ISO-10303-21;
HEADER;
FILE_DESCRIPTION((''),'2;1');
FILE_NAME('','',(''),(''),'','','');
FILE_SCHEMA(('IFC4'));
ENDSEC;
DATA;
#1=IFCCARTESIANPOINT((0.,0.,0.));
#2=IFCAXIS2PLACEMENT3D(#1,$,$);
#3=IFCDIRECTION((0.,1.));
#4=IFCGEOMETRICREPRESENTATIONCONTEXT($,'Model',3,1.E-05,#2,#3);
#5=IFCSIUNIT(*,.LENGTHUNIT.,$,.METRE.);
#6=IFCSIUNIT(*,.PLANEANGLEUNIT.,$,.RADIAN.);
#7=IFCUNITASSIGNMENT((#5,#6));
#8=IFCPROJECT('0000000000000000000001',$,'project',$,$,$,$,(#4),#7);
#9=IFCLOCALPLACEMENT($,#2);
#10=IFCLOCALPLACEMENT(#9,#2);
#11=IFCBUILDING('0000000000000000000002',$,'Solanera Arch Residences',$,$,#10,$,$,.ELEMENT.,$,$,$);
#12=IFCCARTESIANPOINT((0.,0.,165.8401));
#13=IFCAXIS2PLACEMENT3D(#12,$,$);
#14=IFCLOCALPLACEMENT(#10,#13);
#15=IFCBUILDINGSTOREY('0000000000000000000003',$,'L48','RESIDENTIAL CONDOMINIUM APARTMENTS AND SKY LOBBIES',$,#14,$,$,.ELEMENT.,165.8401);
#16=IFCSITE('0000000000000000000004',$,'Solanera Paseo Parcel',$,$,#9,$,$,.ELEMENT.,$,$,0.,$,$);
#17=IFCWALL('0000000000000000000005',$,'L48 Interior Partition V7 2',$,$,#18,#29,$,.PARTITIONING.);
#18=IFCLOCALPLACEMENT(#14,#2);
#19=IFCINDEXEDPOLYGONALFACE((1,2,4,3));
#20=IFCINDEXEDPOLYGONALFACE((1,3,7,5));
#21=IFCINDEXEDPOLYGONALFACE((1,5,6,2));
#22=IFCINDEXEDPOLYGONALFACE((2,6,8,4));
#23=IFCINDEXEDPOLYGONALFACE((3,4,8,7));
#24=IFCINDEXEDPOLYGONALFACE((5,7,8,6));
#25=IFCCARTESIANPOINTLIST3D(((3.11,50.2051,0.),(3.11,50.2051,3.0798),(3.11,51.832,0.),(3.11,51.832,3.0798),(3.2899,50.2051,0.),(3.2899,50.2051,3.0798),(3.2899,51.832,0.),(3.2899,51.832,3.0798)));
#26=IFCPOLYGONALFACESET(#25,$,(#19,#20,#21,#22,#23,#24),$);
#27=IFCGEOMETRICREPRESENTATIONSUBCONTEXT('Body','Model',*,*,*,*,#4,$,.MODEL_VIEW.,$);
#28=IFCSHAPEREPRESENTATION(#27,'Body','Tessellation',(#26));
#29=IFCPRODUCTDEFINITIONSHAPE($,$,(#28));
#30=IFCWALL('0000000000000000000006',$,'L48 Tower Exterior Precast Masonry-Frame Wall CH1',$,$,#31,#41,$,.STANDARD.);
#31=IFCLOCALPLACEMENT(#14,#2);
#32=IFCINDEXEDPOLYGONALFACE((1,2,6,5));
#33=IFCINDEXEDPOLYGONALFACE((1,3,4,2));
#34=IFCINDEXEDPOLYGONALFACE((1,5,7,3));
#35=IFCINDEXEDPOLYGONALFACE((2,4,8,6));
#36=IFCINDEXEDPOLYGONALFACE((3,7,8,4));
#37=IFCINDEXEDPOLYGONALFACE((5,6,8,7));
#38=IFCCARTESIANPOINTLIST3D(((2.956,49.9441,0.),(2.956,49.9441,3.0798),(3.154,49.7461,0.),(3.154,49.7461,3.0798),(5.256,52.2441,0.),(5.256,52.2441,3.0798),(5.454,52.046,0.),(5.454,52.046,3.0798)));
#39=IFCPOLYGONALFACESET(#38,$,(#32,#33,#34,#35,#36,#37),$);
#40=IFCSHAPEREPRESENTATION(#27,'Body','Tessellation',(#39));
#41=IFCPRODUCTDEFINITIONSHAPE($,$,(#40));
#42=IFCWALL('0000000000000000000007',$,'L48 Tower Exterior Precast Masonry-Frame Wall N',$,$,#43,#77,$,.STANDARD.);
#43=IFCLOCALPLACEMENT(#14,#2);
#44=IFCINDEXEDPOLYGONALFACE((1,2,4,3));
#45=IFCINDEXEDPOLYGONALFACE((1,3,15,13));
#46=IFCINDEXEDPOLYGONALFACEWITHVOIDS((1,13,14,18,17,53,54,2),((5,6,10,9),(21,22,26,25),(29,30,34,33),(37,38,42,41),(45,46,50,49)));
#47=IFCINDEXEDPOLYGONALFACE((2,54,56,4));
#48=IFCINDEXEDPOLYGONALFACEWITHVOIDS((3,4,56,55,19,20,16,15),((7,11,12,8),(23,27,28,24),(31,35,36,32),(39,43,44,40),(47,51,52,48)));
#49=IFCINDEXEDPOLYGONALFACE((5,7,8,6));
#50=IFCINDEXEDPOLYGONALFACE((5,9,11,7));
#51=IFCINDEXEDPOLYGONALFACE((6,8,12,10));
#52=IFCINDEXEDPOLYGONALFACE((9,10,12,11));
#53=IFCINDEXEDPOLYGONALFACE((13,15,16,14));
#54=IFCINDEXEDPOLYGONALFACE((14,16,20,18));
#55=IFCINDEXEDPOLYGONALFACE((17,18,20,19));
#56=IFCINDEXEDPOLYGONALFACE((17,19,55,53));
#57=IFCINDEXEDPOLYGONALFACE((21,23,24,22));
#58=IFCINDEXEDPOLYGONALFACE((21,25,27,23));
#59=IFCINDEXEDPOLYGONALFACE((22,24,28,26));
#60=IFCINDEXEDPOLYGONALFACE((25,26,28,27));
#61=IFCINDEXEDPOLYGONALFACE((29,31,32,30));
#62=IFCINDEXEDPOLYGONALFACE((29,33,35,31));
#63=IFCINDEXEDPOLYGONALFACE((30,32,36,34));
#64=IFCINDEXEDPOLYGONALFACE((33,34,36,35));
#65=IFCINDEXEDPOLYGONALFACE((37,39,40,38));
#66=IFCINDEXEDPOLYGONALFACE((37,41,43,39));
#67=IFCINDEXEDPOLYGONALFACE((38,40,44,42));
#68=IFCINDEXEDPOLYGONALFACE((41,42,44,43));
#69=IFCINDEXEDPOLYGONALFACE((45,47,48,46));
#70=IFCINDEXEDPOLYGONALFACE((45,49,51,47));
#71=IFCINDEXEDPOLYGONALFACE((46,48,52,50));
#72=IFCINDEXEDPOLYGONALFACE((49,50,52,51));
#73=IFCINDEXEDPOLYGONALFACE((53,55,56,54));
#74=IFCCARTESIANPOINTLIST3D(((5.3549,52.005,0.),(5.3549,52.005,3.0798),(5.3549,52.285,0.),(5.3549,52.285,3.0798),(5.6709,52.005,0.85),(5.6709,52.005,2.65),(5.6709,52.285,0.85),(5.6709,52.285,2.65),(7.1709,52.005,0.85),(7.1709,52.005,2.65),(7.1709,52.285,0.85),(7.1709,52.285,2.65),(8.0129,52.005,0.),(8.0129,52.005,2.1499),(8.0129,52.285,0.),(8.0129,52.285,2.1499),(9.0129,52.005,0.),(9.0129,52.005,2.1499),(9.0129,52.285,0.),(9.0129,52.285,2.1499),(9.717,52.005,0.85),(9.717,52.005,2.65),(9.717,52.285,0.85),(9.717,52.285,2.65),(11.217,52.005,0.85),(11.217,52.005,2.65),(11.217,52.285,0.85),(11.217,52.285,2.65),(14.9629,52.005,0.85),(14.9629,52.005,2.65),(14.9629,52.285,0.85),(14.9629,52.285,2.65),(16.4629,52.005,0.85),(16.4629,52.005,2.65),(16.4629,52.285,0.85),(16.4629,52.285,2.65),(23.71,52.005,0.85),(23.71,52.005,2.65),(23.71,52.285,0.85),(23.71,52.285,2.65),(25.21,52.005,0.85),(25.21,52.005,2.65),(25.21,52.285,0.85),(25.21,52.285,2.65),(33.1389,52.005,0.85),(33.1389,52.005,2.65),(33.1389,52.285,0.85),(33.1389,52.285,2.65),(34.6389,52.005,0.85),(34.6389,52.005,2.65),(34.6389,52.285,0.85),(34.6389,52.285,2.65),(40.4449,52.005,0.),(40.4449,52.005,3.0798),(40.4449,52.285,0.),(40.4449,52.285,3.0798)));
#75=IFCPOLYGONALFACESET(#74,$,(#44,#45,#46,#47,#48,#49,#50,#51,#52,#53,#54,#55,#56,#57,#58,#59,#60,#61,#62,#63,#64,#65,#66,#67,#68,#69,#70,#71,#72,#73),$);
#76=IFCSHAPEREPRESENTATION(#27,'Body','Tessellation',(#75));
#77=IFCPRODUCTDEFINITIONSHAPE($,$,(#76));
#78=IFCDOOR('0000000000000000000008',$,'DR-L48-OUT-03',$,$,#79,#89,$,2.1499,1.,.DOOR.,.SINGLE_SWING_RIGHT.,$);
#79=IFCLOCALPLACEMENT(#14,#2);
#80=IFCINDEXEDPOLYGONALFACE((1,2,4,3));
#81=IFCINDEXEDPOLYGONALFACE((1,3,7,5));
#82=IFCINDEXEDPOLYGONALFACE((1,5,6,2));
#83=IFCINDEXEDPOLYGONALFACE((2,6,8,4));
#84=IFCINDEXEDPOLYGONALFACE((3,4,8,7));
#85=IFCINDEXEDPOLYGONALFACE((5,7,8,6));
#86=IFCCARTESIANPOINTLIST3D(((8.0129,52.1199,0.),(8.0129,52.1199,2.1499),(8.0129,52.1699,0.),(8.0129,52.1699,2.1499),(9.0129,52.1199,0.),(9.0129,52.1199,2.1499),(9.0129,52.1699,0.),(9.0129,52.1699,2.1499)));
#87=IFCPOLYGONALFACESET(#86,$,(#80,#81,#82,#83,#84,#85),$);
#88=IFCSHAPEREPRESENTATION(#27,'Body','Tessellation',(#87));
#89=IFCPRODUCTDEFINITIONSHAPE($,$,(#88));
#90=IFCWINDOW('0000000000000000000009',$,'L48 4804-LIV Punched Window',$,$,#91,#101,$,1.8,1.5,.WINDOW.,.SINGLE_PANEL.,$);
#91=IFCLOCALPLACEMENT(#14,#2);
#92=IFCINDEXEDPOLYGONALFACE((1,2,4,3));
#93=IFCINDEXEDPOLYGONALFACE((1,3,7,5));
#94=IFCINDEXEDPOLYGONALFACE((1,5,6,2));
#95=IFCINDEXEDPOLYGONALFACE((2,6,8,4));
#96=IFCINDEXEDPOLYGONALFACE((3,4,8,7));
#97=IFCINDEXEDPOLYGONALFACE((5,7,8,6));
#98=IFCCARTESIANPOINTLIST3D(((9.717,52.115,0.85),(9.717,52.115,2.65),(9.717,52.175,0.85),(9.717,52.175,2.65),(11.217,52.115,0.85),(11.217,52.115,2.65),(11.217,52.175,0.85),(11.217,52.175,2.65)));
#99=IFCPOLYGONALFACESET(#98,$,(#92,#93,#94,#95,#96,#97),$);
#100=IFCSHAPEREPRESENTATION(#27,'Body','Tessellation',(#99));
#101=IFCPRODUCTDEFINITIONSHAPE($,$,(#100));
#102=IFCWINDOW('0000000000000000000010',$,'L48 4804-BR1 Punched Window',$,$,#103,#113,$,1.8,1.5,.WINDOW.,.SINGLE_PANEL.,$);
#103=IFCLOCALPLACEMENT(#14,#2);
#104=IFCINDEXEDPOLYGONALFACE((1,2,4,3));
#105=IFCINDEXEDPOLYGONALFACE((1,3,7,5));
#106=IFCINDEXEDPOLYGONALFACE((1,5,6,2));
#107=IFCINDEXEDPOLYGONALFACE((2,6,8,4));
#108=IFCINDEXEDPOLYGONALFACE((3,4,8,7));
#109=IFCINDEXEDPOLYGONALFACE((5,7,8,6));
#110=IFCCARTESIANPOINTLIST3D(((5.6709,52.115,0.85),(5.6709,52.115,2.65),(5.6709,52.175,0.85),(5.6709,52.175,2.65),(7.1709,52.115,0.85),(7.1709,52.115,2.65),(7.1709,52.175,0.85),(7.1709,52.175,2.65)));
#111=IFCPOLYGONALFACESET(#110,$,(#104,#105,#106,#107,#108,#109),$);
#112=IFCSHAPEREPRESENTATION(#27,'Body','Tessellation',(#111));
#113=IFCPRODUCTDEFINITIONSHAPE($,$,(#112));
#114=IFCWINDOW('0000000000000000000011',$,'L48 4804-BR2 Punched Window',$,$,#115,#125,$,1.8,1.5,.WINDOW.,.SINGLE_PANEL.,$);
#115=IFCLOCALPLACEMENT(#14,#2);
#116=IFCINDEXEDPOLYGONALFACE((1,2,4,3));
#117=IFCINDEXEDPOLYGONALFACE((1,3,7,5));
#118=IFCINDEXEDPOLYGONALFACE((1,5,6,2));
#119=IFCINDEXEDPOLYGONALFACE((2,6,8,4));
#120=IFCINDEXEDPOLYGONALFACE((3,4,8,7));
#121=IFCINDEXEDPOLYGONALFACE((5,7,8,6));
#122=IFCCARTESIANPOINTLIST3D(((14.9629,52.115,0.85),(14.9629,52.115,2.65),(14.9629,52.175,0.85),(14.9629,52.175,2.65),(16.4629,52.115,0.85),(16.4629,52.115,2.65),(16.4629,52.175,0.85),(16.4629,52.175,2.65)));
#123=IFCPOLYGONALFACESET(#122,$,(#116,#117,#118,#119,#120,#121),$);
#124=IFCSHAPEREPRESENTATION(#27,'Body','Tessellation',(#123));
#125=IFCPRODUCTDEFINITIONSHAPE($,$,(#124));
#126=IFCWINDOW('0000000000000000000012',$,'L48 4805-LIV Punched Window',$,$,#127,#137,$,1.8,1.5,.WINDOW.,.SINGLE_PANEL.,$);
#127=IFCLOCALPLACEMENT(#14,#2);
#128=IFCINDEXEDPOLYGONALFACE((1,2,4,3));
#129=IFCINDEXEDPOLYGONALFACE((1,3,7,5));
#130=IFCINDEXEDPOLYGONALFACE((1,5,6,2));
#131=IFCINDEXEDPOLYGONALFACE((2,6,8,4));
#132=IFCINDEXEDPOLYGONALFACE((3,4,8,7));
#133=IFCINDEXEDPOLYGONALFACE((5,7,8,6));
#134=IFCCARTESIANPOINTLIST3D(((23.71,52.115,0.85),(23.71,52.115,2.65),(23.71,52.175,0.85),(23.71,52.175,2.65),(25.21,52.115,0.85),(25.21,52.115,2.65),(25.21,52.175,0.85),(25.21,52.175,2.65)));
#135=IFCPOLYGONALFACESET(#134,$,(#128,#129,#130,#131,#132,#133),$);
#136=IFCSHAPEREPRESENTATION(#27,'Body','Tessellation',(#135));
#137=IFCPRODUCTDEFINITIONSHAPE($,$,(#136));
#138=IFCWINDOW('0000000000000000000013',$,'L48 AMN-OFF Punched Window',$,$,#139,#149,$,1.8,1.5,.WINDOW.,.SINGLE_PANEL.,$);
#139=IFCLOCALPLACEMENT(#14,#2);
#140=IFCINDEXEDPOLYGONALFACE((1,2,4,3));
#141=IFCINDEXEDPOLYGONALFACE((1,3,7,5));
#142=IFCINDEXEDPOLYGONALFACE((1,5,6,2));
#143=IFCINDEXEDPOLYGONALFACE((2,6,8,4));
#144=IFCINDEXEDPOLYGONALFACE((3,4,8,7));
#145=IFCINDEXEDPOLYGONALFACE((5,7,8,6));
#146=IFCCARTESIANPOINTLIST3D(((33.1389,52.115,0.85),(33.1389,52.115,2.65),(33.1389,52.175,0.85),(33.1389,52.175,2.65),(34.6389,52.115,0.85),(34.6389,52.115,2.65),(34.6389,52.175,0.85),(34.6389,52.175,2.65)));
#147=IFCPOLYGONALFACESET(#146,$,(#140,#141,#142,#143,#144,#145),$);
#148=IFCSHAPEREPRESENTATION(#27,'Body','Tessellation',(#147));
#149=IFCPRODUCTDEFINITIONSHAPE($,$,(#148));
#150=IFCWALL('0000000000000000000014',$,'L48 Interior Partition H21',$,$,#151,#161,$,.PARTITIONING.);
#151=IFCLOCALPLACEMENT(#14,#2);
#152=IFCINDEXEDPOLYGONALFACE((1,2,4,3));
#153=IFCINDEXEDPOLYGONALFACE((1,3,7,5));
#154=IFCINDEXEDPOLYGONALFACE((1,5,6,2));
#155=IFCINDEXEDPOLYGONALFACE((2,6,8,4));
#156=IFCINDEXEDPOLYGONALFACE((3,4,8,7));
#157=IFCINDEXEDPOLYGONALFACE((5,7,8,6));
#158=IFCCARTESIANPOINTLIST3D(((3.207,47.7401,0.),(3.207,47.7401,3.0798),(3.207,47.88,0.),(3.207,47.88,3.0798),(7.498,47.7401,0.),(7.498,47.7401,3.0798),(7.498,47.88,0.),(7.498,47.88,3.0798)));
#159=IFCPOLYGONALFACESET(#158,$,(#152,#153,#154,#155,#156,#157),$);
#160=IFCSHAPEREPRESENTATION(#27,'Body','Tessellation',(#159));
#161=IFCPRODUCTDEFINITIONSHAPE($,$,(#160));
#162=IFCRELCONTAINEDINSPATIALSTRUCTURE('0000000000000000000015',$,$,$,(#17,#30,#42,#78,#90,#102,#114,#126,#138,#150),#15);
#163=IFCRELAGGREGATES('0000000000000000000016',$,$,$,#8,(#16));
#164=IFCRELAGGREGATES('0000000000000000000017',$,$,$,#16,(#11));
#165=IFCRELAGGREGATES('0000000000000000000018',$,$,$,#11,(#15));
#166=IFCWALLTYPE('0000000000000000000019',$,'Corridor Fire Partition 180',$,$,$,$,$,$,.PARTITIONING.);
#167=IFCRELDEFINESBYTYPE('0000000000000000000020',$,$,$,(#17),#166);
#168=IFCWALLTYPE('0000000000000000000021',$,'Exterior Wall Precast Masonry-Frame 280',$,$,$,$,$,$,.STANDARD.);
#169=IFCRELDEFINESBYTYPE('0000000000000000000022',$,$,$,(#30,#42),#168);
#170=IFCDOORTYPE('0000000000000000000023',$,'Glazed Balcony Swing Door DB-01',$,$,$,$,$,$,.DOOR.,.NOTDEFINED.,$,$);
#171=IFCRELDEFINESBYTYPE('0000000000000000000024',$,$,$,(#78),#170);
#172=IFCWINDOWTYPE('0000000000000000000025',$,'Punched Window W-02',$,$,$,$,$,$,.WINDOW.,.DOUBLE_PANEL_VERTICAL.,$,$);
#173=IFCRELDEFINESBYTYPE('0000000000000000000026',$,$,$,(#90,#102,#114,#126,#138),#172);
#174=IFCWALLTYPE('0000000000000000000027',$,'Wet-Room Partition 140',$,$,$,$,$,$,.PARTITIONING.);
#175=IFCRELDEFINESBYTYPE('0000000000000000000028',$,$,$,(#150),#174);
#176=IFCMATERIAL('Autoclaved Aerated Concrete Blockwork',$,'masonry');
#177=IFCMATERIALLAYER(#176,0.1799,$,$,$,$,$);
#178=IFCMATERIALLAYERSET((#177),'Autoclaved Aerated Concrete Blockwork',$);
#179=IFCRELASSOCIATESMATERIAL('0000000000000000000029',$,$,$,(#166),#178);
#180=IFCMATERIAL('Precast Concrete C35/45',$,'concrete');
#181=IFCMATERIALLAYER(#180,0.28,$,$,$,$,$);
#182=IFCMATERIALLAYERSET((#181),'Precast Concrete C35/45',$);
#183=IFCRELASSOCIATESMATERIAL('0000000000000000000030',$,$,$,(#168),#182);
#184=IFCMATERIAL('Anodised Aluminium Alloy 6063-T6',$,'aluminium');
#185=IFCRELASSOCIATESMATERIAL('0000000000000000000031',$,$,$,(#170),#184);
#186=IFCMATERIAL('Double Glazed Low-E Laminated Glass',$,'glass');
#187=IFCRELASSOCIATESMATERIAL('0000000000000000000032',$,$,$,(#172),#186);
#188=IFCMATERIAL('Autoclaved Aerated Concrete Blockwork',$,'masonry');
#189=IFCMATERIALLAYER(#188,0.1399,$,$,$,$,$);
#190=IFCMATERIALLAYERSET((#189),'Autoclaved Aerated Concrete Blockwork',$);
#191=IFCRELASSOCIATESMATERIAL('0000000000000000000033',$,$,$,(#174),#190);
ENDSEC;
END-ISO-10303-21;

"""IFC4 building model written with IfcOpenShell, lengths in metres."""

from ifc_helpers import new_model, si_unit, direction, frame, frame_2d, origin, place, context, subcontext, project, spatial, rectangle, extrude, material, layer, layer_set, type_object, element, fill, save


model = new_model("IFC4")

# Units and contexts
model_context = context("Model", 3, precision=1e-05, world=origin(), true_north=direction((0.0, 1.0)))
body_context = subcontext(model_context, "Body", "Model", "MODEL_VIEW")
ifc_project = project(units=[si_unit("LENGTHUNIT", "METRE"), si_unit("PLANEANGLEUNIT", "RADIAN")], contexts=[model_context])

# Site, building, storey
site_placement = place(None, origin())
site = spatial("IfcSite", under=ifc_project, at=site_placement, Name="Solanera Paseo Parcel", CompositionType="ELEMENT", RefElevation=0.0)
building_placement = place(site_placement, origin())
building = spatial("IfcBuilding", under=site, at=building_placement, Name="Solanera Arch Residences", CompositionType="ELEMENT")
storey_placement = place(building_placement, frame((0.0, 0.0, 165.8401)))
storey = spatial("IfcBuildingStorey", under=building, at=storey_placement, Name="L48", Description="RESIDENTIAL CONDOMINIUM APARTMENTS AND SKY LOBBIES", CompositionType="ELEMENT", Elevation=165.8401)

# Walls
ifc_material_1 = material(Name="Autoclaved Aerated Concrete Blockwork", Category="masonry")
ifc_layer_1 = layer(ifc_material_1, 0.1799)
ifc_layer_set_1 = layer_set([ifc_layer_1], Name="Autoclaved Aerated Concrete Blockwork")
wall_type_1 = type_object("IfcWallType", Name="Corridor Fire Partition 180", PredefinedType="PARTITIONING", material=ifc_layer_set_1)
wall_1_placement = place(storey_placement, frame((3.2, 50.2051, 0.0), z_axis=(0.0, 0.0, 1.0), x_axis=(0.0, 1.0, 0.0)))
element("IfcWall", 1, at=wall_1_placement, inside=storey, type_object=wall_type_1, Name="L48 Interior Partition V7 2", PredefinedType="PARTITIONING", context=body_context, shape_type="SweptSolid", body=[
    extrude(rectangle(XDim=1.627, YDim=0.1799, at=frame_2d((0.8135, 0.0))), origin(), (0.0, 0.0, 1.0), 3.0798),
])
ifc_material_2 = material(Name="Precast Concrete C35/45", Category="concrete")
ifc_layer_2 = layer(ifc_material_2, 0.28)
ifc_layer_set_2 = layer_set([ifc_layer_2], Name="Precast Concrete C35/45")
wall_type_2 = type_object("IfcWallType", Name="Exterior Wall Precast Masonry-Frame 280", PredefinedType="STANDARD", material=ifc_layer_set_2)
wall_2_placement = place(storey_placement, frame((3.0549, 49.845, 0.0), z_axis=(0.0, 0.0, 1.0), x_axis=(0.707107, 0.707107, 0.0)))
element("IfcWall", 2, at=wall_2_placement, inside=storey, type_object=wall_type_2, Name="L48 Tower Exterior Precast Masonry-Frame Wall CH1", PredefinedType="STANDARD", context=body_context, shape_type="SweptSolid", body=[
    extrude(rectangle(XDim=3.2527, YDim=0.28, at=frame_2d((1.6265, 0.0))), origin(), (0.0, 0.0, 1.0), 3.0798),
])

# Wall, openings, door, windows
wall_3_placement = place(storey_placement, frame((5.355, 52.145, 0.0), z_axis=(0.0, 0.0, 1.0), x_axis=(1.0, 0.0, 0.0)))
wall_3 = element("IfcWall", 3, at=wall_3_placement, inside=storey, type_object=wall_type_2, Name="L48 Tower Exterior Precast Masonry-Frame Wall N", PredefinedType="STANDARD", context=body_context, shape_type="SweptSolid", body=[
    extrude(rectangle(XDim=35.0901, YDim=0.28, at=frame_2d((17.5449, 0.0))), origin(), (0.0, 0.0, 1.0), 3.0798),
])
opening_1_placement = place(wall_3_placement, frame((2.658, 0.0, 0.0)))
opening_1 = element("IfcOpeningElement", 4, at=opening_1_placement, cuts=wall_3, PredefinedType="OPENING", context=body_context, shape_type="SweptSolid", body=[
    extrude(rectangle(XDim=1.0, YDim=2.1499, at=frame_2d((0.5, 1.075))), frame((0.0, 0.1499, 0.0), z_axis=(0.0, -1.0, 0.0), x_axis=(1.0, 0.0, 0.0)), (0.0, 0.0, 1.0), 0.3),
])
opening_2_placement = place(wall_3_placement, frame((4.3621, 0.0, 0.8501)))
opening_2 = element("IfcOpeningElement", 5, at=opening_2_placement, cuts=wall_3, PredefinedType="OPENING", context=body_context, shape_type="SweptSolid", body=[
    extrude(rectangle(XDim=1.5, YDim=1.8, at=frame_2d((0.75, 0.8999))), frame((0.0, 0.1499, 0.0), z_axis=(0.0, -1.0, 0.0), x_axis=(1.0, 0.0, 0.0)), (0.0, 0.0, 1.0), 0.3),
])
opening_3_placement = place(wall_3_placement, frame((0.3159, 0.0, 0.8501)))
opening_3 = element("IfcOpeningElement", 6, at=opening_3_placement, cuts=wall_3, PredefinedType="OPENING", context=body_context, shape_type="SweptSolid", body=[
    extrude(rectangle(XDim=1.5, YDim=1.8, at=frame_2d((0.75, 0.8999))), frame((0.0, 0.1499, 0.0), z_axis=(0.0, -1.0, 0.0), x_axis=(1.0, 0.0, 0.0)), (0.0, 0.0, 1.0), 0.3),
])
opening_4_placement = place(wall_3_placement, frame((9.6079, 0.0, 0.8501)))
opening_4 = element("IfcOpeningElement", 7, at=opening_4_placement, cuts=wall_3, PredefinedType="OPENING", context=body_context, shape_type="SweptSolid", body=[
    extrude(rectangle(XDim=1.5, YDim=1.8, at=frame_2d((0.75, 0.8999))), frame((0.0, 0.1499, 0.0), z_axis=(0.0, -1.0, 0.0), x_axis=(1.0, 0.0, 0.0)), (0.0, 0.0, 1.0), 0.3),
])
opening_5_placement = place(wall_3_placement, frame((18.355, 0.0, 0.8501)))
opening_5 = element("IfcOpeningElement", 8, at=opening_5_placement, cuts=wall_3, PredefinedType="OPENING", context=body_context, shape_type="SweptSolid", body=[
    extrude(rectangle(XDim=1.5, YDim=1.8, at=frame_2d((0.75, 0.8999))), frame((0.0, 0.1499, 0.0), z_axis=(0.0, -1.0, 0.0), x_axis=(1.0, 0.0, 0.0)), (0.0, 0.0, 1.0), 0.3),
])
opening_6_placement = place(wall_3_placement, frame((27.7839, 0.0, 0.8501)))
opening_6 = element("IfcOpeningElement", 9, at=opening_6_placement, cuts=wall_3, PredefinedType="OPENING", context=body_context, shape_type="SweptSolid", body=[
    extrude(rectangle(XDim=1.5, YDim=1.8, at=frame_2d((0.75, 0.8999))), frame((0.0, 0.1499, 0.0), z_axis=(0.0, -1.0, 0.0), x_axis=(1.0, 0.0, 0.0)), (0.0, 0.0, 1.0), 0.3),
])
ifc_material_3 = material(Name="Anodised Aluminium Alloy 6063-T6", Category="aluminium")
door_type_1 = type_object("IfcDoorType", Name="Glazed Balcony Swing Door DB-01", OperationType="NOTDEFINED", PredefinedType="DOOR", material=ifc_material_3)
door_1_placement = place(opening_1_placement, origin())
door_1 = element("IfcDoor", 10, at=door_1_placement, inside=storey, type_object=door_type_1, Name="DR-L48-OUT-03", OperationType="SINGLE_SWING_RIGHT", OverallHeight=2.1499, OverallWidth=1.0, PredefinedType="DOOR", context=body_context, shape_type="SweptSolid", body=[
    extrude(rectangle(XDim=1.0, YDim=2.1499, at=frame_2d((0.5, 1.075))), frame((0.0, 0.0249, 0.0), z_axis=(0.0, -1.0, 0.0), x_axis=(1.0, 0.0, 0.0)), (0.0, 0.0, 1.0), 0.05),
])
fill(opening_1, door_1)
ifc_material_4 = material(Name="Double Glazed Low-E Laminated Glass", Category="glass")
window_type = type_object("IfcWindowType", Name="Punched Window W-02", PartitioningType="DOUBLE_PANEL_VERTICAL", PredefinedType="WINDOW", material=ifc_material_4)
window_1_placement = place(opening_2_placement, origin())
window_1 = element("IfcWindow", 11, at=window_1_placement, inside=storey, type_object=window_type, Name="L48 4804-LIV Punched Window", OverallHeight=1.8, OverallWidth=1.5, PartitioningType="SINGLE_PANEL", PredefinedType="WINDOW", context=body_context, shape_type="SweptSolid", body=[
    extrude(rectangle(XDim=1.5, YDim=1.8, at=frame_2d((0.75, 0.8999))), frame((0.0, 0.03, 0.0), z_axis=(0.0, -1.0, 0.0), x_axis=(1.0, 0.0, 0.0)), (0.0, 0.0, 1.0), 0.0601),
])
fill(opening_2, window_1)
window_2_placement = place(opening_3_placement, origin())
window_2 = element("IfcWindow", 12, at=window_2_placement, inside=storey, type_object=window_type, Name="L48 4804-BR1 Punched Window", OverallHeight=1.8, OverallWidth=1.5, PartitioningType="SINGLE_PANEL", PredefinedType="WINDOW", context=body_context, shape_type="SweptSolid", body=[
    extrude(rectangle(XDim=1.5, YDim=1.8, at=frame_2d((0.75, 0.8999))), frame((0.0, 0.03, 0.0), z_axis=(0.0, -1.0, 0.0), x_axis=(1.0, 0.0, 0.0)), (0.0, 0.0, 1.0), 0.0601),
])
fill(opening_3, window_2)
window_3_placement = place(opening_4_placement, origin())
window_3 = element("IfcWindow", 13, at=window_3_placement, inside=storey, type_object=window_type, Name="L48 4804-BR2 Punched Window", OverallHeight=1.8, OverallWidth=1.5, PartitioningType="SINGLE_PANEL", PredefinedType="WINDOW", context=body_context, shape_type="SweptSolid", body=[
    extrude(rectangle(XDim=1.5, YDim=1.8, at=frame_2d((0.75, 0.8999))), frame((0.0, 0.03, 0.0), z_axis=(0.0, -1.0, 0.0), x_axis=(1.0, 0.0, 0.0)), (0.0, 0.0, 1.0), 0.0601),
])
fill(opening_4, window_3)
window_4_placement = place(opening_5_placement, origin())
window_4 = element("IfcWindow", 14, at=window_4_placement, inside=storey, type_object=window_type, Name="L48 4805-LIV Punched Window", OverallHeight=1.8, OverallWidth=1.5, PartitioningType="SINGLE_PANEL", PredefinedType="WINDOW", context=body_context, shape_type="SweptSolid", body=[
    extrude(rectangle(XDim=1.5, YDim=1.8, at=frame_2d((0.75, 0.8999))), frame((0.0, 0.03, 0.0), z_axis=(0.0, -1.0, 0.0), x_axis=(1.0, 0.0, 0.0)), (0.0, 0.0, 1.0), 0.0601),
])
fill(opening_5, window_4)
window_5_placement = place(opening_6_placement, origin())
window_5 = element("IfcWindow", 15, at=window_5_placement, inside=storey, type_object=window_type, Name="L48 AMN-OFF Punched Window", OverallHeight=1.8, OverallWidth=1.5, PartitioningType="SINGLE_PANEL", PredefinedType="WINDOW", context=body_context, shape_type="SweptSolid", body=[
    extrude(rectangle(XDim=1.5, YDim=1.8, at=frame_2d((0.75, 0.8999))), frame((0.0, 0.03, 0.0), z_axis=(0.0, -1.0, 0.0), x_axis=(1.0, 0.0, 0.0)), (0.0, 0.0, 1.0), 0.0601),
])
fill(opening_6, window_5)

# Wall
ifc_material_5 = material(Name="Autoclaved Aerated Concrete Blockwork", Category="masonry")
ifc_layer_3 = layer(ifc_material_5, 0.1399)
ifc_layer_set_3 = layer_set([ifc_layer_3], Name="Autoclaved Aerated Concrete Blockwork")
wall_type_3 = type_object("IfcWallType", Name="Wet-Room Partition 140", PredefinedType="PARTITIONING", material=ifc_layer_set_3)
wall_4_placement = place(storey_placement, frame((3.207, 47.8101, 0.0), z_axis=(0.0, 0.0, 1.0), x_axis=(1.0, 0.0, 0.0)))
element("IfcWall", 16, at=wall_4_placement, inside=storey, type_object=wall_type_3, Name="L48 Interior Partition H21", PredefinedType="PARTITIONING", context=body_context, shape_type="SweptSolid", body=[
    extrude(rectangle(XDim=4.291, YDim=0.1399, at=frame_2d((2.1455, 0.0))), origin(), (0.0, 0.0, 1.0), 3.0798),
])

save(model, "model.ifc")
